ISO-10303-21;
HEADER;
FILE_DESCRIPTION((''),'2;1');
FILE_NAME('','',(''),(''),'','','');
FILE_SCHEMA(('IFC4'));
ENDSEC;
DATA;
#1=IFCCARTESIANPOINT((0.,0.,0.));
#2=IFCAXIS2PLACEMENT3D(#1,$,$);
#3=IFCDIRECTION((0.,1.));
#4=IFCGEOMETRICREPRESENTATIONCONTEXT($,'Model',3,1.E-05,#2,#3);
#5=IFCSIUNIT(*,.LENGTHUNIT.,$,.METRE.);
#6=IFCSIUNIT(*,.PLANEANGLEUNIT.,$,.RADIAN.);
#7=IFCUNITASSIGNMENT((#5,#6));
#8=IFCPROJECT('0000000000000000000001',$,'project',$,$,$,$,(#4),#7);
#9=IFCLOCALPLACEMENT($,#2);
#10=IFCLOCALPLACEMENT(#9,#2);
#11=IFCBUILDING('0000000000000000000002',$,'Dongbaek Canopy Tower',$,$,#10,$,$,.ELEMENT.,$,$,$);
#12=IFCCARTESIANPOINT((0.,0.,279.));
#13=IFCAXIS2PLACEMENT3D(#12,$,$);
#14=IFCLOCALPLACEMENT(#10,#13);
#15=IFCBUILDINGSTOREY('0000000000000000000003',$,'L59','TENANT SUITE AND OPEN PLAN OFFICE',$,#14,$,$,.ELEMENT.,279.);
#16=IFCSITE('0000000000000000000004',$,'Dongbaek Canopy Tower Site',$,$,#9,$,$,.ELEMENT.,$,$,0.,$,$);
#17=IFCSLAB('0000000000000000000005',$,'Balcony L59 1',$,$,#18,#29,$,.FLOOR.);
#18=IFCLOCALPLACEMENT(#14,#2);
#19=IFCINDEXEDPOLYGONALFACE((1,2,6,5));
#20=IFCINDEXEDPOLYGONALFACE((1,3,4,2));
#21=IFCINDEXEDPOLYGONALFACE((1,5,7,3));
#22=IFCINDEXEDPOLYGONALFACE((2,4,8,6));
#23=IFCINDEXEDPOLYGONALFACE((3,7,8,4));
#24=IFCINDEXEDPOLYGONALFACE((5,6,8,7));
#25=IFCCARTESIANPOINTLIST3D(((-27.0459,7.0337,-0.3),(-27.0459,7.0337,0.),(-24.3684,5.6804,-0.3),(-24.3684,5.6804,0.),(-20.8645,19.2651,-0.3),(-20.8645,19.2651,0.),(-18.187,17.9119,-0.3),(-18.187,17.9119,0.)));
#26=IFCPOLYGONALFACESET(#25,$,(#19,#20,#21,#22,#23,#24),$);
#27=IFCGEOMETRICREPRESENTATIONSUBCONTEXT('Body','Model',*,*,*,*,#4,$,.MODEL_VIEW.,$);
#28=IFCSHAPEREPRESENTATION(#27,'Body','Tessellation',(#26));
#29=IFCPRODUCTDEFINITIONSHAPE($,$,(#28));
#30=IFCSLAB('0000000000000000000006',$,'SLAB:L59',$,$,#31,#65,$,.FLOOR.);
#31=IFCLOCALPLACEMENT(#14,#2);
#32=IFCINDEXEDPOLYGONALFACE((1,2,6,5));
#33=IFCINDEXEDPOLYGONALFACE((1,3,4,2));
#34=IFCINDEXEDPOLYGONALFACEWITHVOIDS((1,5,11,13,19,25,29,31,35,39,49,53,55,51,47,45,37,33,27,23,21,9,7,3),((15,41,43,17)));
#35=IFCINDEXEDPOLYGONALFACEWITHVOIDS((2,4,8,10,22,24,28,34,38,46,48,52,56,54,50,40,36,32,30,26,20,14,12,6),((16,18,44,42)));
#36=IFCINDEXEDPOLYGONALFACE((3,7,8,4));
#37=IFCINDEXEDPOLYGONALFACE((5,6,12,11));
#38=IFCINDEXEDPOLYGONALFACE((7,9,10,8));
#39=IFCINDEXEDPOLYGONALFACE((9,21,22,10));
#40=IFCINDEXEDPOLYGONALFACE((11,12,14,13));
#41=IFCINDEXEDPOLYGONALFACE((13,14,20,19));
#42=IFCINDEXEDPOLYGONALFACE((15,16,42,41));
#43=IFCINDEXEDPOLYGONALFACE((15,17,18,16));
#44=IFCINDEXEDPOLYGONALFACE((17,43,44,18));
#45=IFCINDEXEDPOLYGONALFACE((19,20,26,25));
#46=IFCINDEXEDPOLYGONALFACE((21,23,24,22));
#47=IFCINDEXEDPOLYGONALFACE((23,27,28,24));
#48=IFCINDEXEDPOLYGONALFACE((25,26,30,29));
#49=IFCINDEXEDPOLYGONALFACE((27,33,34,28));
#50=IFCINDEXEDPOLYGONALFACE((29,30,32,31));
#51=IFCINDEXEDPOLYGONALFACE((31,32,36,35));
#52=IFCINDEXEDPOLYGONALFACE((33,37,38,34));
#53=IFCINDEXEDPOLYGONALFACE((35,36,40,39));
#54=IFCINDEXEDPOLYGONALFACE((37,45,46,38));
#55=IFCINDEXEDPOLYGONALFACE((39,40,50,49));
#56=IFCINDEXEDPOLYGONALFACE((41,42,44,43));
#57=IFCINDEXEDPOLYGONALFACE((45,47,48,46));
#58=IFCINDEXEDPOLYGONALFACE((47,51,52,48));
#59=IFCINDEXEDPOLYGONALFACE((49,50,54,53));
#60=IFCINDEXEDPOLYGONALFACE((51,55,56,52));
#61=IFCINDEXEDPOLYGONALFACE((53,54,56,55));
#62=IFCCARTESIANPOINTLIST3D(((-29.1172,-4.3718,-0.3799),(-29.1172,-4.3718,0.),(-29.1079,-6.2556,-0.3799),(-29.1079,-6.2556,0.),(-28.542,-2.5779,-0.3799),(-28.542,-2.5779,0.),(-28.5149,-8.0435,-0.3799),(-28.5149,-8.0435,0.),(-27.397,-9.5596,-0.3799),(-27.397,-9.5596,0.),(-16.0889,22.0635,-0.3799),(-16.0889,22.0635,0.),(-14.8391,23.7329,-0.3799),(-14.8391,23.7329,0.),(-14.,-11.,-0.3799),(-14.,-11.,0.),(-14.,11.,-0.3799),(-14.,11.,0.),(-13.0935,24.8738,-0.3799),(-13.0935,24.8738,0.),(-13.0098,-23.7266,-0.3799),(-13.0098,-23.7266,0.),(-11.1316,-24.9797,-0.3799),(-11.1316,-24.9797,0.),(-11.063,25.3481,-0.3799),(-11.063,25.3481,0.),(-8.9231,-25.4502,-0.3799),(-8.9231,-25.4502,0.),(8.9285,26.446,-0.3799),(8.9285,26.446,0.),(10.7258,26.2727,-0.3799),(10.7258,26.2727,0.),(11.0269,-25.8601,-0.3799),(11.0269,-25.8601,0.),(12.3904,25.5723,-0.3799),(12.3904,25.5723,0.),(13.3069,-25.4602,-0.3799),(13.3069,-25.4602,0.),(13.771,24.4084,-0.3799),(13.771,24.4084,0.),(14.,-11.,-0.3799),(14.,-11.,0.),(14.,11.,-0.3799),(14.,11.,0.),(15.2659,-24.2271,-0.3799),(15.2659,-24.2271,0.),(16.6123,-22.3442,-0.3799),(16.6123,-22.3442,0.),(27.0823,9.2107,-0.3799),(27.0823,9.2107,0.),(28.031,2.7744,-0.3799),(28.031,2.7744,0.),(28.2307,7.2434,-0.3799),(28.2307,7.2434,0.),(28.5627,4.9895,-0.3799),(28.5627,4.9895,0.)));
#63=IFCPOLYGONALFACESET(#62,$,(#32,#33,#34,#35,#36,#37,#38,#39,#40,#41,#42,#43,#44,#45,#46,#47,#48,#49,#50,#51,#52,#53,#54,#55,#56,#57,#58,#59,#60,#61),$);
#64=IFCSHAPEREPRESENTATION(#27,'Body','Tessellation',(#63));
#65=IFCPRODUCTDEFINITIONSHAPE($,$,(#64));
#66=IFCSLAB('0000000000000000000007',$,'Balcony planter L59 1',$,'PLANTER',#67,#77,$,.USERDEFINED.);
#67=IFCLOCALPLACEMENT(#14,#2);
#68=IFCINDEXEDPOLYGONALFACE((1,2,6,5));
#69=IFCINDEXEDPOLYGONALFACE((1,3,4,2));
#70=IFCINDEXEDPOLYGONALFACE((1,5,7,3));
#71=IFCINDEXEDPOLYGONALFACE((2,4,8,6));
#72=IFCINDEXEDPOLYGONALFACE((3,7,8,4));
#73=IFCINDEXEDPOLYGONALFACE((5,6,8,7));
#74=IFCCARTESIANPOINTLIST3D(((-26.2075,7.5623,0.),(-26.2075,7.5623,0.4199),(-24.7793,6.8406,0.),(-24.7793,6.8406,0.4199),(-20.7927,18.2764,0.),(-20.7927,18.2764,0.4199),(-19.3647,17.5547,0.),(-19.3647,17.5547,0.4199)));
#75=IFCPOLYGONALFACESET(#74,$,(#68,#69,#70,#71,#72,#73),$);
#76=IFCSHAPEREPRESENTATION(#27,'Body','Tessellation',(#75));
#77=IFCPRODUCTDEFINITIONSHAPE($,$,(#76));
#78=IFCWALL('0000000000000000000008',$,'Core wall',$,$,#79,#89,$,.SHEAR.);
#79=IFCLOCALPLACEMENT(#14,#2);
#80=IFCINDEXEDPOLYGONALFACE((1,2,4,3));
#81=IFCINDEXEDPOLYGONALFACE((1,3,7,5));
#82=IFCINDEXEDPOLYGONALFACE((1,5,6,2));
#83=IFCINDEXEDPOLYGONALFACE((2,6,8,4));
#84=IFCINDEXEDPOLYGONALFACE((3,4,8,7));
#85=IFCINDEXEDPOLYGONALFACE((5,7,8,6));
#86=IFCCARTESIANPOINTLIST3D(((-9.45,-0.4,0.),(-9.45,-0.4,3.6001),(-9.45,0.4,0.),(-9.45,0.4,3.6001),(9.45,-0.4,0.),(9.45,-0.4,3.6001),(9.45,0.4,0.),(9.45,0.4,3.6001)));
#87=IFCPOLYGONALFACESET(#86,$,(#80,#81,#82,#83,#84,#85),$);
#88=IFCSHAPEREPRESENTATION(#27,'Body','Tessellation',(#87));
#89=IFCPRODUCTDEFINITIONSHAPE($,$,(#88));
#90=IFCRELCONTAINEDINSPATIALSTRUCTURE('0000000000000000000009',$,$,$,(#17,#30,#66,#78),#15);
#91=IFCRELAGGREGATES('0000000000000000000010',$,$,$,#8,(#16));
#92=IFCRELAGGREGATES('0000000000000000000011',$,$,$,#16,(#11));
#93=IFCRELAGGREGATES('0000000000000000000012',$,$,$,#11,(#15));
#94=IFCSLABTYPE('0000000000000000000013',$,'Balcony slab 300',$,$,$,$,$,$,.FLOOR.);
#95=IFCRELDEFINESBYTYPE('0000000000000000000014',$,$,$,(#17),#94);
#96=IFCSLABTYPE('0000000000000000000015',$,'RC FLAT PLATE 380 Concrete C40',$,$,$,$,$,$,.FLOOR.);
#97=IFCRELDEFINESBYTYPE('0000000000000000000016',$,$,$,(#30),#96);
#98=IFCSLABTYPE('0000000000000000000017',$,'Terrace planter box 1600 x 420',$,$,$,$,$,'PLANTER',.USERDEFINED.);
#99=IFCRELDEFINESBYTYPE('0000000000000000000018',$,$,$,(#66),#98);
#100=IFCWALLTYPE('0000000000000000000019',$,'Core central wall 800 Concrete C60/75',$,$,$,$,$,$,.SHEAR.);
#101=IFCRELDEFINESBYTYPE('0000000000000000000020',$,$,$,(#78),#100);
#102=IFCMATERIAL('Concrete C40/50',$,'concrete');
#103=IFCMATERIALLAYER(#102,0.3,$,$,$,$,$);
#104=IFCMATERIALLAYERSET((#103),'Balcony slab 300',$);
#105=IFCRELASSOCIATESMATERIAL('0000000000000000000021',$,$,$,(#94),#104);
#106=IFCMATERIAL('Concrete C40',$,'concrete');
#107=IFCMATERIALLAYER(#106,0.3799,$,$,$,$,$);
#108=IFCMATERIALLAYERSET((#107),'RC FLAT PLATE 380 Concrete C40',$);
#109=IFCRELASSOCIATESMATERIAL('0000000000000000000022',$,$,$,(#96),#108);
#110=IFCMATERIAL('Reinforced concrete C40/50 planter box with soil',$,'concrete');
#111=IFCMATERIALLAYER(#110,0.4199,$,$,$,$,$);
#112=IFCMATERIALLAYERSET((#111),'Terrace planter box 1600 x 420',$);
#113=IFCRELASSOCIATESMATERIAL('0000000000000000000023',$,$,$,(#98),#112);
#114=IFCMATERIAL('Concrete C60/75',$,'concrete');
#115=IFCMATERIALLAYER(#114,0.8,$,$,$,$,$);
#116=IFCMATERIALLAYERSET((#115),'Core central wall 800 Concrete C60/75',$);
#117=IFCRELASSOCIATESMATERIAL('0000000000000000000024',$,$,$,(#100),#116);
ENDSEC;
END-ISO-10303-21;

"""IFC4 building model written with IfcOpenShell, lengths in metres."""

from ifc_helpers import new_model, si_unit, direction, frame, frame_2d, origin, place, context, subcontext, project, spatial, polyline, rectangle, outline, extrude, material, layer, layer_set, type_object, element, save


model = new_model("IFC4")

# Units and contexts
model_context = context("Model", 3, precision=1e-05, world=origin(), true_north=direction((0.0, 1.0)))
body_context = subcontext(model_context, "Body", "Model", "MODEL_VIEW")
ifc_project = project(units=[si_unit("LENGTHUNIT", "METRE"), si_unit("PLANEANGLEUNIT", "RADIAN")], contexts=[model_context])

# Site, building, storey
site_placement = place(None, origin())
site = spatial("IfcSite", under=ifc_project, at=site_placement, Name="Dongbaek Canopy Tower Site", CompositionType="ELEMENT", RefElevation=0.0)
building_placement = place(site_placement, origin())
building = spatial("IfcBuilding", under=site, at=building_placement, Name="Dongbaek Canopy Tower", CompositionType="ELEMENT")
storey_placement = place(building_placement, frame((0.0, 0.0, 279.0)))
storey = spatial("IfcBuildingStorey", under=building, at=storey_placement, Name="L59", Description="TENANT SUITE AND OPEN PLAN OFFICE", CompositionType="ELEMENT", Elevation=279.0)

# Slabs
ifc_material_1 = material(Name="Concrete C40/50", Category="concrete")
ifc_layer_1 = layer(ifc_material_1, 0.3)
ifc_layer_set_1 = layer_set([ifc_layer_1], Name="Balcony slab 300")
slab_type_1 = type_object("IfcSlabType", Name="Balcony slab 300", PredefinedType="FLOOR", material=ifc_layer_set_1)
slab_1_placement = place(storey_placement, frame((0.0, 0.0, -0.3)))
element("IfcSlab", 1, at=slab_1_placement, inside=storey, type_object=slab_type_1, Name="Balcony L59 1", PredefinedType="FLOOR", context=body_context, shape_type="SweptSolid", body=[
    extrude(outline(polyline([(-18.187, 17.9119), (-24.3684, 5.6804), (-27.0459, 7.0337), (-20.8645, 19.2651), (-18.187, 17.9119)])), origin(), (0.0, 0.0, 1.0), 0.3),
])
ifc_material_2 = material(Name="Concrete C40", Category="concrete")
ifc_layer_2 = layer(ifc_material_2, 0.3799)
ifc_layer_set_2 = layer_set([ifc_layer_2], Name="RC FLAT PLATE 380 Concrete C40")
slab_type_2 = type_object("IfcSlabType", Name="RC FLAT PLATE 380 Concrete C40", PredefinedType="FLOOR", material=ifc_layer_set_2)
slab_2_placement = place(storey_placement, frame((0.0, 0.0, -0.3799)))
element("IfcSlab", 2, at=slab_2_placement, inside=storey, type_object=slab_type_2, Name="SLAB:L59", PredefinedType="FLOOR", context=body_context, shape_type="SweptSolid", body=[
    extrude(outline(polyline([(16.6123, -22.3442), (15.2659, -24.2271), (13.3069, -25.4602), (11.0269, -25.8601), (-8.9231, -25.4502), (-11.1316, -24.9797), (-13.0098, -23.7266), (-27.397, -9.5596), (-28.5149, -8.0435), (-29.1079, -6.2556), (-29.1172, -4.3718), (-28.542, -2.5779), (-16.0889, 22.0635), (-14.8391, 23.7329), (-13.0935, 24.8738), (-11.063, 25.3481), (8.9285, 26.446), (10.7258, 26.2727), (12.3904, 25.5723), (13.771, 24.4084), (27.0823, 9.2107), (28.2307, 7.2434), (28.5627, 4.9895), (28.031, 2.7744), (16.6123, -22.3442)]), holes=[polyline([(14.0, 11.0), (-14.0, 11.0), (-14.0, -11.0), (14.0, -11.0), (14.0, 11.0)])]), origin(), (0.0, 0.0, 1.0), 0.3799),
])
ifc_material_3 = material(Name="Reinforced concrete C40/50 planter box with soil", Category="concrete")
ifc_layer_3 = layer(ifc_material_3, 0.4199)
ifc_layer_set_3 = layer_set([ifc_layer_3], Name="Terrace planter box 1600 x 420")
slab_type_3 = type_object("IfcSlabType", Name="Terrace planter box 1600 x 420", ElementType="PLANTER", PredefinedType="USERDEFINED", material=ifc_layer_set_3)
slab_3_placement = place(storey_placement, origin())
element("IfcSlab", 3, at=slab_3_placement, inside=storey, type_object=slab_type_3, Name="Balcony planter L59 1", ObjectType="PLANTER", PredefinedType="USERDEFINED", context=body_context, shape_type="SweptSolid", body=[
    extrude(outline(polyline([(-19.3647, 17.5547), (-24.7793, 6.8406), (-26.2075, 7.5623), (-20.7927, 18.2764), (-19.3647, 17.5547)])), origin(), (0.0, 0.0, 1.0), 0.4199),
])

# Wall
ifc_material_4 = material(Name="Concrete C60/75", Category="concrete")
ifc_layer_4 = layer(ifc_material_4, 0.8)
ifc_layer_set_4 = layer_set([ifc_layer_4], Name="Core central wall 800 Concrete C60/75")
wall_type_1 = type_object("IfcWallType", Name="Core central wall 800 Concrete C60/75", PredefinedType="SHEAR", material=ifc_layer_set_4)
wall_1_placement = place(storey_placement, frame((-9.45, 0.0, 0.0), z_axis=(0.0, 0.0, 1.0), x_axis=(1.0, 0.0, 0.0)))
element("IfcWall", 4, at=wall_1_placement, inside=storey, type_object=wall_type_1, Name="Core wall", PredefinedType="SHEAR", context=body_context, shape_type="SweptSolid", body=[
    extrude(rectangle(XDim=18.8999, YDim=0.8, at=frame_2d((9.45, 0.0))), origin(), (0.0, 0.0, 1.0), 3.6001),
])

save(model, "model.ifc")
